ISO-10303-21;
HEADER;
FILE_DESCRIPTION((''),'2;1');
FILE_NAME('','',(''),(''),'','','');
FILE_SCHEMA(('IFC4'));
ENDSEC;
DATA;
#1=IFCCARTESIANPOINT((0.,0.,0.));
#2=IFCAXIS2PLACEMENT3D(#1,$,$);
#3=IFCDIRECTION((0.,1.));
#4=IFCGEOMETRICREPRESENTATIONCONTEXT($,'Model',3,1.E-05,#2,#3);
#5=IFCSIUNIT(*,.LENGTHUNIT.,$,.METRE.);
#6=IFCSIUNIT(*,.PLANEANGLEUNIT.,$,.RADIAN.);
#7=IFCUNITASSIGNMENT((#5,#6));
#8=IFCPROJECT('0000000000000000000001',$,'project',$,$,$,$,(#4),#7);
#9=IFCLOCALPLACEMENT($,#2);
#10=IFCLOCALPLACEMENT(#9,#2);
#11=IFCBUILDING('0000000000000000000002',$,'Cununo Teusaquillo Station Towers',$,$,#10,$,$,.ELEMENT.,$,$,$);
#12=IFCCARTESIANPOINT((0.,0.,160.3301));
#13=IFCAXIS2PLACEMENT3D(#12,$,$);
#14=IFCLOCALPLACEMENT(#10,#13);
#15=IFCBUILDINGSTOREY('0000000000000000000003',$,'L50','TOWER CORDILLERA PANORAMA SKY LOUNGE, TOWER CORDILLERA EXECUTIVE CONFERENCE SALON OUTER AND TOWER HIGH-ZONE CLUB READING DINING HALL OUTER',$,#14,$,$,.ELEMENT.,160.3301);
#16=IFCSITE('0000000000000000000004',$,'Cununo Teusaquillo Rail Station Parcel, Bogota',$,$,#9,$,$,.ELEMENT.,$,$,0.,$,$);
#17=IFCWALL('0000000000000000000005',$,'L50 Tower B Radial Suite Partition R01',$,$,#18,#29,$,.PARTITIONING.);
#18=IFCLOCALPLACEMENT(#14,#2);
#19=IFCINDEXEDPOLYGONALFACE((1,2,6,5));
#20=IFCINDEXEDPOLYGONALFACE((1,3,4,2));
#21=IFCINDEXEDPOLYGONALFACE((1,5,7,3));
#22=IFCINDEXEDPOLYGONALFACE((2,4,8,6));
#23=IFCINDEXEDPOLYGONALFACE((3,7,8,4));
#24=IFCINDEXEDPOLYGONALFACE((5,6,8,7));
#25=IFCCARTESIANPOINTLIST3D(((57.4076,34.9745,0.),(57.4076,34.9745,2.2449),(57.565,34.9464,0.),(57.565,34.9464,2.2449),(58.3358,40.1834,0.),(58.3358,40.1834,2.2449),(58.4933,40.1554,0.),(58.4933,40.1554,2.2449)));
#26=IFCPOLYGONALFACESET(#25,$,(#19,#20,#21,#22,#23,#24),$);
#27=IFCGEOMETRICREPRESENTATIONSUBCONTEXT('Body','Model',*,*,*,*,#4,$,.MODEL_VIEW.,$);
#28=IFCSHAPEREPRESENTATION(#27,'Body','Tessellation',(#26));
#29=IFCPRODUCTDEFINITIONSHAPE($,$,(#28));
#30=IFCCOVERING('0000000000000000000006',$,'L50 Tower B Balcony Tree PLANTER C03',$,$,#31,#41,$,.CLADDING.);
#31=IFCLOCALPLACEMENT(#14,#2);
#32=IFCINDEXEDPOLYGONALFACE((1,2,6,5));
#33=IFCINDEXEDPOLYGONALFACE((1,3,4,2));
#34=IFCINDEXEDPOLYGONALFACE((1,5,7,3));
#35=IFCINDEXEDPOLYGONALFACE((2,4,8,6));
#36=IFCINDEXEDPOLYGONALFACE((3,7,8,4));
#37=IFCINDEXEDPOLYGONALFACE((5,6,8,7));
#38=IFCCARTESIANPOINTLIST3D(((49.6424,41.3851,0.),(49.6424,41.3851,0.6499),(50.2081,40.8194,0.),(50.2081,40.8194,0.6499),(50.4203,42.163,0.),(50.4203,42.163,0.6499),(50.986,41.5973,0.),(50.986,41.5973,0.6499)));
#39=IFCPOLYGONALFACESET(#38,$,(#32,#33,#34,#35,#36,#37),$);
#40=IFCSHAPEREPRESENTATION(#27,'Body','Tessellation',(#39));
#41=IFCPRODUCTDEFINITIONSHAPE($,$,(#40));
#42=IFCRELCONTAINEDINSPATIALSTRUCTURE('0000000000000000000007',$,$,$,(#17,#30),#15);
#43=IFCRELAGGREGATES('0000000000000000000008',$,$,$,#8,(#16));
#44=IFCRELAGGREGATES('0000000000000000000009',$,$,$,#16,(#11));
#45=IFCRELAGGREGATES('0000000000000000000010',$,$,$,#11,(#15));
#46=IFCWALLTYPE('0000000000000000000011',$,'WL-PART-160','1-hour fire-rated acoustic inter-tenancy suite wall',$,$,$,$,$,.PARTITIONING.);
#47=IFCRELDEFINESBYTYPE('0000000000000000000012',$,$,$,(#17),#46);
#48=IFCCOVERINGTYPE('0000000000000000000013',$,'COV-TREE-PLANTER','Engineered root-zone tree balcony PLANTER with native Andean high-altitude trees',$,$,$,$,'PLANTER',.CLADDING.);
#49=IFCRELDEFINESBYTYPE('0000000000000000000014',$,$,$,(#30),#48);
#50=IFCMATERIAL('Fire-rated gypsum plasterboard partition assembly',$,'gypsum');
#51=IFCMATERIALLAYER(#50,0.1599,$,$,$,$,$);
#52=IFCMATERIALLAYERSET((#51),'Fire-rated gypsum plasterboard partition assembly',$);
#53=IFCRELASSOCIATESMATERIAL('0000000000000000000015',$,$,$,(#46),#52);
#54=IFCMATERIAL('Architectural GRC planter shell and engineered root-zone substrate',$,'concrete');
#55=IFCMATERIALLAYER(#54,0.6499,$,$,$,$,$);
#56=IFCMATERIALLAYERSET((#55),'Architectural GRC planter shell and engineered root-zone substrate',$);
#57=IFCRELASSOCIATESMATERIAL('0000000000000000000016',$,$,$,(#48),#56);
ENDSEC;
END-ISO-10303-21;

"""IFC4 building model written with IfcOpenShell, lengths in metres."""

from ifc_helpers import new_model, si_unit, direction, frame, frame_2d, origin, origin_2d, place, context, subcontext, project, spatial, rectangle, extrude, source, transform, mapped, material, layer, layer_set, type_object, element, save


model = new_model("IFC4")

# Units and contexts
model_context = context("Model", 3, precision=1e-05, world=origin(), true_north=direction((0.0, 1.0)))
body_context = subcontext(model_context, "Body", "Model", "MODEL_VIEW")
ifc_project = project(units=[si_unit("LENGTHUNIT", "METRE"), si_unit("PLANEANGLEUNIT", "RADIAN")], contexts=[model_context])

# Site, building, storey
site_placement = place(None, origin())
site = spatial("IfcSite", under=ifc_project, at=site_placement, Name="Cununo Teusaquillo Rail Station Parcel, Bogota", CompositionType="ELEMENT", RefElevation=0.0)
building_placement = place(site_placement, origin())
building = spatial("IfcBuilding", under=site, at=building_placement, Name="Cununo Teusaquillo Station Towers", CompositionType="ELEMENT")
storey_placement = place(building_placement, frame((0.0, 0.0, 160.3301)))
storey = spatial("IfcBuildingStorey", under=building, at=storey_placement, Name="L50", Description="TOWER CORDILLERA PANORAMA SKY LOUNGE, TOWER CORDILLERA EXECUTIVE CONFERENCE SALON OUTER AND TOWER HIGH-ZONE CLUB READING DINING HALL OUTER", CompositionType="ELEMENT", Elevation=160.3301)

# Wall
ifc_material_1 = material(Name="Fire-rated gypsum plasterboard partition assembly", Category="gypsum")
ifc_layer_1 = layer(ifc_material_1, 0.1599)
ifc_layer_set_1 = layer_set([ifc_layer_1], Name="Fire-rated gypsum plasterboard partition assembly")
wall_type_1 = type_object("IfcWallType", Name="WL-PART-160", Description="1-hour fire-rated acoustic inter-tenancy suite wall", PredefinedType="PARTITIONING", material=ifc_layer_set_1)
wall_1_placement = place(storey_placement, frame((57.4863, 34.9604, 0.0), z_axis=(0.0, 0.0, 1.0), x_axis=(0.175433, 0.984491, 0.0)))
element("IfcWall", 1, at=wall_1_placement, inside=storey, type_object=wall_type_1, Name="L50 Tower B Radial Suite Partition R01", PredefinedType="PARTITIONING", context=body_context, shape_type="SweptSolid", body=[
    extrude(rectangle(XDim=5.291, YDim=0.1599, at=frame_2d((2.6455, 0.0))), origin(), (0.0, 0.0, 1.0), 2.2449),
])

# Covering
ifc_material_2 = material(Name="Architectural GRC planter shell and engineered root-zone substrate", Category="concrete")
ifc_layer_2 = layer(ifc_material_2, 0.6499)
ifc_layer_set_2 = layer_set([ifc_layer_2], Name="Architectural GRC planter shell and engineered root-zone substrate")
covering_type = type_object("IfcCoveringType", Name="COV-TREE-PLANTER", Description="Engineered root-zone tree balcony PLANTER with native Andean high-altitude trees", ElementType="PLANTER", PredefinedType="CLADDING", material=ifc_layer_set_2)
shared_shape_1 = source(origin(), body_context, "Body", "SweptSolid", [
    extrude(rectangle(XDim=1.1001, YDim=0.8, at=origin_2d()), origin(), (0.0, 0.0, 1.0), 0.6499),
])
covering_placement = place(storey_placement, frame((50.3142, 41.4912, 0.0), z_axis=(0.0, 0.0, 1.0), x_axis=(0.707107, 0.707107, 0.0)))
element("IfcCovering", 2, at=covering_placement, inside=storey, type_object=covering_type, Name="L50 Tower B Balcony Tree PLANTER C03", PredefinedType="CLADDING", context=body_context, shape_type="MappedRepresentation", body=[
    mapped(shared_shape_1, transform((0.0, 0.0, 0.0), x_axis=(1.0, 0.0, 0.0), y_axis=(0.0, 1.0, 0.0), z_axis=(0.0, 0.0, 1.0), scale=1.0)),
])

save(model, "model.ifc")
